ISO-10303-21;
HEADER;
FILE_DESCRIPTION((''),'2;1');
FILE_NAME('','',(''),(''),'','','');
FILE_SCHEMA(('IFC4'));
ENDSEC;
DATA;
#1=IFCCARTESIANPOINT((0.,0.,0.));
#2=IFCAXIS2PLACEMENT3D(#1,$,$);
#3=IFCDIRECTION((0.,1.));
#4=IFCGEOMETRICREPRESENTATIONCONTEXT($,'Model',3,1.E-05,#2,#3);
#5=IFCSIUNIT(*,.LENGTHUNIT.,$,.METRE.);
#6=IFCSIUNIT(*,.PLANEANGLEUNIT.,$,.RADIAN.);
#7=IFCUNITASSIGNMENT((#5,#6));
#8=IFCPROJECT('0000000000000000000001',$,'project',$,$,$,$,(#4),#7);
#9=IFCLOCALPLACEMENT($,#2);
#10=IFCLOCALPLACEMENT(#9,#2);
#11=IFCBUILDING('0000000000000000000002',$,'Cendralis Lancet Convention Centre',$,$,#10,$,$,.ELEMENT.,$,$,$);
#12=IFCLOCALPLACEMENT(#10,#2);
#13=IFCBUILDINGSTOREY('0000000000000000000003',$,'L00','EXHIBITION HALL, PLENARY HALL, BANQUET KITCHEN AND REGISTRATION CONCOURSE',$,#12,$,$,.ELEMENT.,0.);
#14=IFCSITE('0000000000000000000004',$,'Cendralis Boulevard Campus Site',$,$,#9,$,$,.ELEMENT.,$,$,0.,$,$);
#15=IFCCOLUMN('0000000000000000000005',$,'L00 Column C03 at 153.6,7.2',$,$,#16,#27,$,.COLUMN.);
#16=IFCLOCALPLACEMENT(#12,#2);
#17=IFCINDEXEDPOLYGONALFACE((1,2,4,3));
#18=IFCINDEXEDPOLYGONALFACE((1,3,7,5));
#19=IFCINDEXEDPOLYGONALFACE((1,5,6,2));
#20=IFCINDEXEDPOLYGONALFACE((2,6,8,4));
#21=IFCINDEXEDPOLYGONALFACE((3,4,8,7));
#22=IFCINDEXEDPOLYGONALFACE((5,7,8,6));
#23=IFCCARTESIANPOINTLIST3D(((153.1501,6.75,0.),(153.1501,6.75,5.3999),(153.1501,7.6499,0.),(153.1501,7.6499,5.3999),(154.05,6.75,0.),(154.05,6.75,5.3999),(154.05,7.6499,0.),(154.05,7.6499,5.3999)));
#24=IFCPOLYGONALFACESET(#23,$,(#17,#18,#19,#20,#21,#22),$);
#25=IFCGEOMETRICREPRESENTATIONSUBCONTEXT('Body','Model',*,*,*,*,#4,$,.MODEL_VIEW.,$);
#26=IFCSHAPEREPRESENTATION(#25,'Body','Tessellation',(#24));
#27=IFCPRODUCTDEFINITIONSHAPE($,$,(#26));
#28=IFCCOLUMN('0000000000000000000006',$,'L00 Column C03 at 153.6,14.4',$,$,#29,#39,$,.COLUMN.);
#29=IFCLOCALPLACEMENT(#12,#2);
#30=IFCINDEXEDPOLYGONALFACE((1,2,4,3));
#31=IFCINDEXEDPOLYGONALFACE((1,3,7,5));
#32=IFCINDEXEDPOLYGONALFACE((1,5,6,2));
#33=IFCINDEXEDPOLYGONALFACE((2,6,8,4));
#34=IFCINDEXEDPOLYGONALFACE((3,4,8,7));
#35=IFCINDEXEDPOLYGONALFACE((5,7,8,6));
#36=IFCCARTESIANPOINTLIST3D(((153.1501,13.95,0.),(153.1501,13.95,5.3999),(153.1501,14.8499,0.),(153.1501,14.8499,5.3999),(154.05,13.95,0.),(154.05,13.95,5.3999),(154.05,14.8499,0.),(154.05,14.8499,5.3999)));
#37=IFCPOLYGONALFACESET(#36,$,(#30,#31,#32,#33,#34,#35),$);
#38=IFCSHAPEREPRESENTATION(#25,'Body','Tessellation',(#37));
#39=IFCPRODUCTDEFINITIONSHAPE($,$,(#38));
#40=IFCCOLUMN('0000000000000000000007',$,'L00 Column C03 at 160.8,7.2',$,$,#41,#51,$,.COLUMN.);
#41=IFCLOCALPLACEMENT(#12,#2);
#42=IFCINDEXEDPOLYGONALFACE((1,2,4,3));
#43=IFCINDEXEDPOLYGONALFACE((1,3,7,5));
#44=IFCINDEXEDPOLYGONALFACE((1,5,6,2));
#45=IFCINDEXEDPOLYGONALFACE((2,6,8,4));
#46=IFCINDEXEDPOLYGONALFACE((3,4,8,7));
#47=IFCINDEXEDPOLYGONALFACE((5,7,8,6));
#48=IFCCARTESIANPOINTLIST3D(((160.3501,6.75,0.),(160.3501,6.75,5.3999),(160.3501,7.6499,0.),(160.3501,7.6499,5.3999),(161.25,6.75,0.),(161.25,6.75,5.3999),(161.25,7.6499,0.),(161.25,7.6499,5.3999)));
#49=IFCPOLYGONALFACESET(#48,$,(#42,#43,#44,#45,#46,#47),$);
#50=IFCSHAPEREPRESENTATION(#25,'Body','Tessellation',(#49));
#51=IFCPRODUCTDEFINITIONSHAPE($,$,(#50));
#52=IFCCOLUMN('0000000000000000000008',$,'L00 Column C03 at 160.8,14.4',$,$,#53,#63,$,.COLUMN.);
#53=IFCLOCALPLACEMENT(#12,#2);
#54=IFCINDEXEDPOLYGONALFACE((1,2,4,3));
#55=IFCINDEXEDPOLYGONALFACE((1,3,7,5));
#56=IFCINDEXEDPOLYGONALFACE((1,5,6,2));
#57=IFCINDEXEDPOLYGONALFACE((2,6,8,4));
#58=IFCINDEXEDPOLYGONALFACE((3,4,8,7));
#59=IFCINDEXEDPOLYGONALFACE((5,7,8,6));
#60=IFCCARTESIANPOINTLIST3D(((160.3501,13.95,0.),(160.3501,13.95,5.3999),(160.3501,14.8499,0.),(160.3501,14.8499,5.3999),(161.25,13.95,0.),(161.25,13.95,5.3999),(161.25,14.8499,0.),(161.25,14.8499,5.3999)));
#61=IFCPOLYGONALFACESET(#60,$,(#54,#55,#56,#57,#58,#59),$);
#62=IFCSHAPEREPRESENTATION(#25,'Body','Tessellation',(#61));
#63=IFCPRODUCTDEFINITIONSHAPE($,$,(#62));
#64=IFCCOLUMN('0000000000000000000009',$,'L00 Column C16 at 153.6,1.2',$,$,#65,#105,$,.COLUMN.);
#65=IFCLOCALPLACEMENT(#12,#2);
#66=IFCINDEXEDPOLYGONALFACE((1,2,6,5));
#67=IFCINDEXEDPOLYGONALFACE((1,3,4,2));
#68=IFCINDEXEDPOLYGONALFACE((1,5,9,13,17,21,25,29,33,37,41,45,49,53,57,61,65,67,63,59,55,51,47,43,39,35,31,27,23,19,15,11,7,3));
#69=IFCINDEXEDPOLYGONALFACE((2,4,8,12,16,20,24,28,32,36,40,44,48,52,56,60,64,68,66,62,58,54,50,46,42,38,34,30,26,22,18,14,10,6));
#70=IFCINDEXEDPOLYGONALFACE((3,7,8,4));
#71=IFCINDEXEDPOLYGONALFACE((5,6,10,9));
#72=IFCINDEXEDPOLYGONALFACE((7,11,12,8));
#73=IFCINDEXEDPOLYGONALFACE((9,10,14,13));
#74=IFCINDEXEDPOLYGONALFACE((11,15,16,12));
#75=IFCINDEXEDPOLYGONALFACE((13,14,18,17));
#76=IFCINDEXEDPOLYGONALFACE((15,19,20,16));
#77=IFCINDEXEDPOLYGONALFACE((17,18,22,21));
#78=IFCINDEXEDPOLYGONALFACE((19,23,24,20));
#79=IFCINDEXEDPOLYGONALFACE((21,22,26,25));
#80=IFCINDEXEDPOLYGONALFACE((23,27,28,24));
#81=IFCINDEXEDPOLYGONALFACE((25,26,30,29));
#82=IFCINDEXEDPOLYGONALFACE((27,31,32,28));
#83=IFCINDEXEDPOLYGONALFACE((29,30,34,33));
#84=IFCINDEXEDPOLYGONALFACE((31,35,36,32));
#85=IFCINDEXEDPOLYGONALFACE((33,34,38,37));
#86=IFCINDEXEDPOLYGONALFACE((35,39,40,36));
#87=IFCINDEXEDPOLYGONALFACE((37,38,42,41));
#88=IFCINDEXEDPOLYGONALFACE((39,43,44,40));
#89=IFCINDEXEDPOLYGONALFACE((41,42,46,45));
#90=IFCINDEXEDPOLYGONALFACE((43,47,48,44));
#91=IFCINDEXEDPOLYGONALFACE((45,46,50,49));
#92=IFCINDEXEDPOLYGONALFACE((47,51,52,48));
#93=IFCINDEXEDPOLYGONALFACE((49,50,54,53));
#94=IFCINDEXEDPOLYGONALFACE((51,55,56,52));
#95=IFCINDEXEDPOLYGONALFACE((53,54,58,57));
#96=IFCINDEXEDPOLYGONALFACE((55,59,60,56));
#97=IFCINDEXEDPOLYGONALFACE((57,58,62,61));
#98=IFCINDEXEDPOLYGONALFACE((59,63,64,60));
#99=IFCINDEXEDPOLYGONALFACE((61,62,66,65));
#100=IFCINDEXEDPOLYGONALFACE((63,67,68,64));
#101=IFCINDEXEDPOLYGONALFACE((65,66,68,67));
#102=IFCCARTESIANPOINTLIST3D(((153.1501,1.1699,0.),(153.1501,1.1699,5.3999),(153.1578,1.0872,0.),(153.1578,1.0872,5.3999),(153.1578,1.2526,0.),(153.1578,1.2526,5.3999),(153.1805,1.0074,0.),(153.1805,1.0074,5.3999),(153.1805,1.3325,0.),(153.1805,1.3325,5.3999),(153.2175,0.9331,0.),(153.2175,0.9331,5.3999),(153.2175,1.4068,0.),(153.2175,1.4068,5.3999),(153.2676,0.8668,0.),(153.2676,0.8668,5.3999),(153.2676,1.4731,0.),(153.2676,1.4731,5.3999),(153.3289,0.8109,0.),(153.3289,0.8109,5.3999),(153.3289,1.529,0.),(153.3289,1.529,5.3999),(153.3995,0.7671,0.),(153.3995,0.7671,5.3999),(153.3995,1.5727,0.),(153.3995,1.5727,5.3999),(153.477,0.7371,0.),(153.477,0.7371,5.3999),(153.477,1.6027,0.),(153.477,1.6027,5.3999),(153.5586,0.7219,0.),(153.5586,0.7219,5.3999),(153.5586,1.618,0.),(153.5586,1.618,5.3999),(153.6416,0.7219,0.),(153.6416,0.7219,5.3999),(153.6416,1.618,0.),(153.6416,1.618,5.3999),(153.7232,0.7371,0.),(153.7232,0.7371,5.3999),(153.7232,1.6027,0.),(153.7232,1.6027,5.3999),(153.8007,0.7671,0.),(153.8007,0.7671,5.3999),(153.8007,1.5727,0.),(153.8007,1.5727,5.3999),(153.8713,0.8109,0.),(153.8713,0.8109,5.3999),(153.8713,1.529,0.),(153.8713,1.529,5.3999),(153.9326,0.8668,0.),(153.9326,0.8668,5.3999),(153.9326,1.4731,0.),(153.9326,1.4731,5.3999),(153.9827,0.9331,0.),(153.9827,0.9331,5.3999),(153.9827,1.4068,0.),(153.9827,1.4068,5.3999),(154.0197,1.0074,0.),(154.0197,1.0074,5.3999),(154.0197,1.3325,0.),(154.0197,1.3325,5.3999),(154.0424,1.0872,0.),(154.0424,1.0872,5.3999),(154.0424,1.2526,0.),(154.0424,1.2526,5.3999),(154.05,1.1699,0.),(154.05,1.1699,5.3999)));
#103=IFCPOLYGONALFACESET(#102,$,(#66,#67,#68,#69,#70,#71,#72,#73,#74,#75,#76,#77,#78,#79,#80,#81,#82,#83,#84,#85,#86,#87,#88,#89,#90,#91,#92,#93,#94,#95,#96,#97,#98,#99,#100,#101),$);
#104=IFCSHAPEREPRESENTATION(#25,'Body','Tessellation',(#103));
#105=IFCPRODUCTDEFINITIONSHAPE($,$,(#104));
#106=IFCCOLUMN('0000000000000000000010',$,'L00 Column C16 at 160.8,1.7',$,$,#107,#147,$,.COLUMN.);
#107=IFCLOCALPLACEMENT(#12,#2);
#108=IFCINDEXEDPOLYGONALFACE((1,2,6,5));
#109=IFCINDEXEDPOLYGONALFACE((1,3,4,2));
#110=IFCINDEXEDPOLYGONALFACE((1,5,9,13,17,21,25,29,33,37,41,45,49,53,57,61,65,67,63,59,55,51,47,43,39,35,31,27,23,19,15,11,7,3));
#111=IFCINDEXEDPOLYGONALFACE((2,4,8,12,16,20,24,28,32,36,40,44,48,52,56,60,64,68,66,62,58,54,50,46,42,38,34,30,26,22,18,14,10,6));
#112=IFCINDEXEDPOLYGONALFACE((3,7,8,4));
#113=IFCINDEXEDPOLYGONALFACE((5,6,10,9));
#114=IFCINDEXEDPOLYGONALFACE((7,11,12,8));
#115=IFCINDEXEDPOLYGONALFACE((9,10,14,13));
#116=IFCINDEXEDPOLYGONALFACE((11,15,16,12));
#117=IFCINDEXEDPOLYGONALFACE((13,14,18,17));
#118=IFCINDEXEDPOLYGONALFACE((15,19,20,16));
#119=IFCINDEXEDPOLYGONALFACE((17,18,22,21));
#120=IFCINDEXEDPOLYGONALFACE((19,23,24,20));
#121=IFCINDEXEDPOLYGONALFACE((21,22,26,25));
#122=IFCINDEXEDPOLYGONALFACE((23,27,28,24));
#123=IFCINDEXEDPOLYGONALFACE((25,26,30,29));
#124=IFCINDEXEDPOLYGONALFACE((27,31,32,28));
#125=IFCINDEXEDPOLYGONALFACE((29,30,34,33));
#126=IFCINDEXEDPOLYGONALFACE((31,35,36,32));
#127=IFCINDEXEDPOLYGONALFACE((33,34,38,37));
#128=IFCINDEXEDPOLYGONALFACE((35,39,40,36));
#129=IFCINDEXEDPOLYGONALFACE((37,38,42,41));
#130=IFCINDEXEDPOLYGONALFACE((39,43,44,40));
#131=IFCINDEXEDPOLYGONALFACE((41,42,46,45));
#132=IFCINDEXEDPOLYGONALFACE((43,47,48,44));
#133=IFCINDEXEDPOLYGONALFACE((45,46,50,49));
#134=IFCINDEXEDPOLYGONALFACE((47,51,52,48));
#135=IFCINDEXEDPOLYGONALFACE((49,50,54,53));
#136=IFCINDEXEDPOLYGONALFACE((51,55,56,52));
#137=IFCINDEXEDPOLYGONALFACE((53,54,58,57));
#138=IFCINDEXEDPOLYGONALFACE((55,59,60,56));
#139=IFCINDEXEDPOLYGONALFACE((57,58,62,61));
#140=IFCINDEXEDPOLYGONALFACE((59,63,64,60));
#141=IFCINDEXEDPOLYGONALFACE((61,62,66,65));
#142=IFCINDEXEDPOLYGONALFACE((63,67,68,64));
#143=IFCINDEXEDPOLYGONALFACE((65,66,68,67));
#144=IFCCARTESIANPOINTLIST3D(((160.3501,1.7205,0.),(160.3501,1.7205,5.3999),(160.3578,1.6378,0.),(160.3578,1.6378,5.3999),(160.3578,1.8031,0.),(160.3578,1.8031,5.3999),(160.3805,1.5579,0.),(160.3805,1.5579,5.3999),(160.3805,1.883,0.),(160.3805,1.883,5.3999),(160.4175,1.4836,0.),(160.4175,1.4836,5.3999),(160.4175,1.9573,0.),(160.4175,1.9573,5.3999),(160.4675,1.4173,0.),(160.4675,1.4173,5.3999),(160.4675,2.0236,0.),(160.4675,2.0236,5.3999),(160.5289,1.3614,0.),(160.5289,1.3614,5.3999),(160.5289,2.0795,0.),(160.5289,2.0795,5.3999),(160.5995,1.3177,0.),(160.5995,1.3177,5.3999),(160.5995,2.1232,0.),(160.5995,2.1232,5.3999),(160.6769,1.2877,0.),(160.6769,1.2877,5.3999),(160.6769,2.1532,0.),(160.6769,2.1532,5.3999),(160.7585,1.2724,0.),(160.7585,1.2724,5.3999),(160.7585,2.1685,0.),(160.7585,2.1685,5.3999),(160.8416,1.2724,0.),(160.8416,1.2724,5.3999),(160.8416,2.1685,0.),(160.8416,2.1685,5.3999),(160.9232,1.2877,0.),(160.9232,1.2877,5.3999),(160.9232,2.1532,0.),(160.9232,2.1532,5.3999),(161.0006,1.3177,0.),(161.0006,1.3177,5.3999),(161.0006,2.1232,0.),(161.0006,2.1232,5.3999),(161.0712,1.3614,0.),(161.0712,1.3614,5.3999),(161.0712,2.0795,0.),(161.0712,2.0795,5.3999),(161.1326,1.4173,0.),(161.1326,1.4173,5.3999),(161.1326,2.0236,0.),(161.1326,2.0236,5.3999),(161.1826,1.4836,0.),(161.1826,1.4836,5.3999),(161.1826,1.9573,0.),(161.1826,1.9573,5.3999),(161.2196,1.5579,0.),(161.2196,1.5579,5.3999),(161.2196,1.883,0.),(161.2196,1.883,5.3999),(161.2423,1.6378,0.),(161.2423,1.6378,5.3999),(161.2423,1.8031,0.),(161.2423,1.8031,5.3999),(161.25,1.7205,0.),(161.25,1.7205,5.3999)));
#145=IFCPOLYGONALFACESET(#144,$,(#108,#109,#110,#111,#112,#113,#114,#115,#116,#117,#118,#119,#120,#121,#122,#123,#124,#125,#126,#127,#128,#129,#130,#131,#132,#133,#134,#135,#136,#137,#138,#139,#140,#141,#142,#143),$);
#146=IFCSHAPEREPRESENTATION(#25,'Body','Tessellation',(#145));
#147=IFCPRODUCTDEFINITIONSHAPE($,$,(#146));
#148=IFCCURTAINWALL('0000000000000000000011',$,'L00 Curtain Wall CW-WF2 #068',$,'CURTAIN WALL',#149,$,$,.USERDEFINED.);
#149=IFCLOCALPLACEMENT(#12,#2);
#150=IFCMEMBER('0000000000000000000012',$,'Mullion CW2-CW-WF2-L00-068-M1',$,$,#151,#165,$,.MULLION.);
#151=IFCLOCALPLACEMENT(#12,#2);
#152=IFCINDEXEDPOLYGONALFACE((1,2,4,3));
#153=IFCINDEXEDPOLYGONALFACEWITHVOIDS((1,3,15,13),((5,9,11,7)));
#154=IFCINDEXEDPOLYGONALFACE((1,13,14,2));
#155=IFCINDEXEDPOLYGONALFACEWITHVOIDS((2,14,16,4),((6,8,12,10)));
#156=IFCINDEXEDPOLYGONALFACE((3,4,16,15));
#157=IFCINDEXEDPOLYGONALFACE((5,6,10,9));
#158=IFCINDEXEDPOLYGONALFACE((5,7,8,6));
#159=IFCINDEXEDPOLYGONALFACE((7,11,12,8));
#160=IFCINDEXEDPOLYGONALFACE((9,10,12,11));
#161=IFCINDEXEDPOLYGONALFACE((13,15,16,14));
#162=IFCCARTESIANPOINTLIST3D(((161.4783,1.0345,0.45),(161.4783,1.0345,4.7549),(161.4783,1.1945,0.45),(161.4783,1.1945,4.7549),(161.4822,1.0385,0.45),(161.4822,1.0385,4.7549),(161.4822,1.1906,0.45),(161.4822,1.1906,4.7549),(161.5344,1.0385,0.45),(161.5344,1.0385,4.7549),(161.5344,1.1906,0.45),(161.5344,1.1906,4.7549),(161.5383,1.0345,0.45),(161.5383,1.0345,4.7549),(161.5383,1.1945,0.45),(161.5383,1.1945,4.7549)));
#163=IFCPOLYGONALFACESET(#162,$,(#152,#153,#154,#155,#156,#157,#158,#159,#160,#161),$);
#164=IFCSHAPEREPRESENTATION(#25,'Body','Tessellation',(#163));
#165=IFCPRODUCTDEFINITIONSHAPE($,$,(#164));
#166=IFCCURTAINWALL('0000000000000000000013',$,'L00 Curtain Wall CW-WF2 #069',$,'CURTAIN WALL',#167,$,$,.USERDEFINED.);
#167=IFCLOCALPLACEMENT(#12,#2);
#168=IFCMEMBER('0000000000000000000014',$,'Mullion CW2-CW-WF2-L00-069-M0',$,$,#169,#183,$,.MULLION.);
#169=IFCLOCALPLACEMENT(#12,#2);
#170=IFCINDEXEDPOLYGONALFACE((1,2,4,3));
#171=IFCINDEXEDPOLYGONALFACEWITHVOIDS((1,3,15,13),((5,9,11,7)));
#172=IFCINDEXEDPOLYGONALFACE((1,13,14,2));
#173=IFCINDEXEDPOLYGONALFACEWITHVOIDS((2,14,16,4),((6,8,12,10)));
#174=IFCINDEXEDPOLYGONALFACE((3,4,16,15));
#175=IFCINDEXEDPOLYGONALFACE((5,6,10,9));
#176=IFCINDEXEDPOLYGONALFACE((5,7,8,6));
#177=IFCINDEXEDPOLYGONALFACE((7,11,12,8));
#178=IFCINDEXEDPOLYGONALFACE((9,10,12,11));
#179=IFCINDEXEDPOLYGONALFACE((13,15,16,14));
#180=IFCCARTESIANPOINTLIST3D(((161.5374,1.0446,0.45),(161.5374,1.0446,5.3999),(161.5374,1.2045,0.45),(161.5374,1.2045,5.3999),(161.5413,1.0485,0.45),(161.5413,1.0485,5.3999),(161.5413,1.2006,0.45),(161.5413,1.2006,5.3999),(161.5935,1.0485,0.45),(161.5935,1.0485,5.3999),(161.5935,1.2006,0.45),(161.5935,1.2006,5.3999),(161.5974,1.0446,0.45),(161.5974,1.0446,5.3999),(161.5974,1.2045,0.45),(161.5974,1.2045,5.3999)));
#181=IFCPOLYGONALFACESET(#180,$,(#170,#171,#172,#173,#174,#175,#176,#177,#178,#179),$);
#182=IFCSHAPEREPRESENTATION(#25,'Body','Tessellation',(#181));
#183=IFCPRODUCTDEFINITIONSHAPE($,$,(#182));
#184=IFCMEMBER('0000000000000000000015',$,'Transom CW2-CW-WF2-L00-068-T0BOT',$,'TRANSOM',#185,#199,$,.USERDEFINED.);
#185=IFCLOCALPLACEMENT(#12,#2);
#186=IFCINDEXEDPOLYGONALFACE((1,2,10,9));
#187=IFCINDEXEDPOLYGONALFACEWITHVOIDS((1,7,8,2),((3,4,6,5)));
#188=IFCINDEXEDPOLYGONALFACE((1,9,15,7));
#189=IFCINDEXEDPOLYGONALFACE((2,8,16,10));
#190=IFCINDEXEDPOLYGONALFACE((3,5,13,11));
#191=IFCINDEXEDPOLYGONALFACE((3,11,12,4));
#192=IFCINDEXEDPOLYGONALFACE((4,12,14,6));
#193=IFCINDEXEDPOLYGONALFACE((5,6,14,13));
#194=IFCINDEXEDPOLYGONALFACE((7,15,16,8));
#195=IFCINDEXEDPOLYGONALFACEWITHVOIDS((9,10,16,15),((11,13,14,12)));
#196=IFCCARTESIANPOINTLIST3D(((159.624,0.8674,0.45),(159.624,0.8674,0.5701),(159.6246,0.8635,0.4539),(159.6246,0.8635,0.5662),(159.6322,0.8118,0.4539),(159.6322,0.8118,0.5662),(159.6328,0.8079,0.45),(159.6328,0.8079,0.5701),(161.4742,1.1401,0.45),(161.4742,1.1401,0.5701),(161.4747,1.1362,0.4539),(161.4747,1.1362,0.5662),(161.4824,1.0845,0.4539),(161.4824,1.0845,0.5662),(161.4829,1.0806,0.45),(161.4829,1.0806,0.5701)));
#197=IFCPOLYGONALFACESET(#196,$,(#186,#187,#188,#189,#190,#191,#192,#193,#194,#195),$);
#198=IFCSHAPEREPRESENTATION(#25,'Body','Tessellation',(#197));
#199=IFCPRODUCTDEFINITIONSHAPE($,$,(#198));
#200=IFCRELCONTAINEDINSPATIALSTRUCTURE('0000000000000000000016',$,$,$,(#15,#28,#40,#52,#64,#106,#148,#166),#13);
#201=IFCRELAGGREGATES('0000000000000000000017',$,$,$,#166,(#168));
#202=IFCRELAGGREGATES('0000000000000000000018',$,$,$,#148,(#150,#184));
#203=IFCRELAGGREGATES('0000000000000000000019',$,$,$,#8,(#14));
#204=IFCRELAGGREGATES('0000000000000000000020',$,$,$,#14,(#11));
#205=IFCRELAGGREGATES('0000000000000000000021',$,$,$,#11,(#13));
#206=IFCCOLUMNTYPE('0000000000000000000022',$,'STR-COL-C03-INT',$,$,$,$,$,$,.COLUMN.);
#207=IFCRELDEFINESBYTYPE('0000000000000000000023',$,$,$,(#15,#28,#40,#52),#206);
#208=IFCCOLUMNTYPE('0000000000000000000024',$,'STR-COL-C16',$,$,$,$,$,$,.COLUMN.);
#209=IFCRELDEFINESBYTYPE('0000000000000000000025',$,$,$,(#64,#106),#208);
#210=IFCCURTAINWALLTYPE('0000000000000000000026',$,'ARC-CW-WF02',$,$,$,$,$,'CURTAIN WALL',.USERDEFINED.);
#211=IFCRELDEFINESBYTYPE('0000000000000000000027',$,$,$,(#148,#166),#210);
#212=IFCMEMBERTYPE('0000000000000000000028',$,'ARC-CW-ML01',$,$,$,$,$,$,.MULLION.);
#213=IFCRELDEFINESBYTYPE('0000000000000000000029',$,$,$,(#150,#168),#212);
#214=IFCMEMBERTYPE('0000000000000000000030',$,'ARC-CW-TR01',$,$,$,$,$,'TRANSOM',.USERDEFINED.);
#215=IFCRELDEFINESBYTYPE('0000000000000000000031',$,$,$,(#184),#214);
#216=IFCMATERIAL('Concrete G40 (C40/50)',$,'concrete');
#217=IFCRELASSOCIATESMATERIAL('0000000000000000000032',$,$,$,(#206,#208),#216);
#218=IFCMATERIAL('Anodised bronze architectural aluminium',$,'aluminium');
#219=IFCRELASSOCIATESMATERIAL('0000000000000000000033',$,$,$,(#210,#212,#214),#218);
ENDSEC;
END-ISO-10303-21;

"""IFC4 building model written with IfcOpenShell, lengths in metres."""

from ifc_helpers import new_model, si_unit, direction, frame, origin, origin_2d, place, context, subcontext, project, spatial, rectangle, hollow_rectangle, circle, extrude, material, material_profile, profile_set, type_object, element, aggregate, save


model = new_model("IFC4")

# Units and contexts
model_context = context("Model", 3, precision=1e-05, world=origin(), true_north=direction((0.0, 1.0)))
body_context = subcontext(model_context, "Body", "Model", "MODEL_VIEW")
ifc_project = project(units=[si_unit("LENGTHUNIT", "METRE"), si_unit("PLANEANGLEUNIT", "RADIAN")], contexts=[model_context])

# Site, building, storey
site_placement = place(None, origin())
site = spatial("IfcSite", under=ifc_project, at=site_placement, Name="Cendralis Boulevard Campus Site", CompositionType="ELEMENT", RefElevation=0.0)
building_placement = place(site_placement, origin())
building = spatial("IfcBuilding", under=site, at=building_placement, Name="Cendralis Lancet Convention Centre", CompositionType="ELEMENT")
storey_placement = place(building_placement, origin())
storey = spatial("IfcBuildingStorey", under=building, at=storey_placement, Name="L00", Description="EXHIBITION HALL, PLENARY HALL, BANQUET KITCHEN AND REGISTRATION CONCOURSE", CompositionType="ELEMENT", Elevation=0.0)

# Columns
ifc_material_1 = material(Name="Concrete G40 (C40/50)", Category="concrete")
ifc_material_profile_1 = material_profile(ifc_material_1, rectangle(XDim=0.8999, YDim=0.8999, at=origin_2d()), Name="RC 900x900")
ifc_profile_set_1 = profile_set([ifc_material_profile_1], Name="Concrete G40 (C40/50)")
column_type_1 = type_object("IfcColumnType", Name="STR-COL-C03-INT", PredefinedType="COLUMN", material=ifc_profile_set_1)
for number, where, z_axis, x_axis, name in (
    (1, (153.6001, 7.2, 0.0), (0.0, 0.0, 1.0), (1.0, 0.0, 0.0), "L00 Column C03 at 153.6,7.2"),
    (2, (153.6001, 14.3999, 0.0), (0.0, 0.0, 1.0), (1.0, 0.0, 0.0), "L00 Column C03 at 153.6,14.4"),
    (3, (160.8, 7.2, 0.0), (0.0, 0.0, 1.0), (1.0, 0.0, 0.0), "L00 Column C03 at 160.8,7.2"),
    (4, (160.8, 14.3999, 0.0), (0.0, 0.0, 1.0), (1.0, 0.0, 0.0), "L00 Column C03 at 160.8,14.4"),
):
    element("IfcColumn", number, at=place(storey_placement, frame(where, z_axis=z_axis, x_axis=x_axis)), inside=storey, type_object=column_type_1, Name=name, PredefinedType="COLUMN", context=body_context, shape_type="SweptSolid", body=[
        extrude(rectangle(XDim=0.8999, YDim=0.8999, at=origin_2d()), origin(), (0.0, 0.0, 1.0), 5.3999),
    ])
ifc_material_profile_2 = material_profile(ifc_material_1, circle(Radius=0.45, at=origin_2d()), Name="RC D900")
ifc_profile_set_2 = profile_set([ifc_material_profile_2], Name="Concrete G40 (C40/50)")
column_type_2 = type_object("IfcColumnType", Name="STR-COL-C16", PredefinedType="COLUMN", material=ifc_profile_set_2)
for number, where, z_axis, x_axis, name in (
    (5, (153.6001, 1.1699, 0.0), (0.0, 0.0, 1.0), (1.0, 0.0, 0.0), "L00 Column C16 at 153.6,1.2"),
    (6, (160.8, 1.7205, 0.0), (0.0, 0.0, 1.0), (1.0, 0.0, 0.0), "L00 Column C16 at 160.8,1.7"),
):
    element("IfcColumn", number, at=place(storey_placement, frame(where, z_axis=z_axis, x_axis=x_axis)), inside=storey, type_object=column_type_2, Name=name, PredefinedType="COLUMN", context=body_context, shape_type="SweptSolid", body=[
        extrude(circle(Radius=0.45, at=origin_2d()), origin(), (0.0, 0.0, 1.0), 5.3999),
    ])

# Curtain walls, members
ifc_material_2 = material(Name="Anodised bronze architectural aluminium", Category="aluminium")
curtain_wall_type = type_object("IfcCurtainWallType", Name="ARC-CW-WF02", ElementType="CURTAIN WALL", PredefinedType="USERDEFINED", material=ifc_material_2)
curtain_wall_1_placement = place(storey_placement, origin())
curtain_wall_1 = element("IfcCurtainWall", 7, at=curtain_wall_1_placement, inside=storey, type_object=curtain_wall_type, Name="L00 Curtain Wall CW-WF2 #068", ObjectType="CURTAIN WALL", PredefinedType="USERDEFINED")
ifc_material_profile_3 = material_profile(ifc_material_2, hollow_rectangle(XDim=0.0601, YDim=0.1599, WallThickness=0.0039, at=origin_2d()), Name="AL-MULL 60x160x4.0")
ifc_profile_set_3 = profile_set([ifc_material_profile_3], Name="Anodised bronze architectural aluminium")
member_type_1 = type_object("IfcMemberType", Name="ARC-CW-ML01", PredefinedType="MULLION", material=ifc_profile_set_3)
member_1_placement = place(storey_placement, frame((161.5083, 1.1145, 0.45), z_axis=(0.0, 0.0, 1.0), x_axis=(1.0, 0.0, 0.0)))
member_1 = element("IfcMember", 8, at=member_1_placement, type_object=member_type_1, Name="Mullion CW2-CW-WF2-L00-068-M1", PredefinedType="MULLION", context=body_context, shape_type="SweptSolid", body=[
    extrude(hollow_rectangle(XDim=0.0601, YDim=0.1599, WallThickness=0.0039, at=origin_2d()), origin(), (0.0, 0.0, 1.0), 4.3049),
])
curtain_wall_2_placement = place(storey_placement, origin())
curtain_wall_2 = element("IfcCurtainWall", 9, at=curtain_wall_2_placement, inside=storey, type_object=curtain_wall_type, Name="L00 Curtain Wall CW-WF2 #069", ObjectType="CURTAIN WALL", PredefinedType="USERDEFINED")
member_2_placement = place(storey_placement, frame((161.5674, 1.1245, 0.45), z_axis=(0.0, 0.0, 1.0), x_axis=(1.0, 0.0, 0.0)))
member_2 = element("IfcMember", 10, at=member_2_placement, type_object=member_type_1, Name="Mullion CW2-CW-WF2-L00-069-M0", PredefinedType="MULLION", context=body_context, shape_type="SweptSolid", body=[
    extrude(hollow_rectangle(XDim=0.0601, YDim=0.1599, WallThickness=0.0039, at=origin_2d()), origin(), (0.0, 0.0, 1.0), 4.95),
])
aggregate(curtain_wall_2, [member_2])

# Member
ifc_material_profile_4 = material_profile(ifc_material_2, hollow_rectangle(XDim=0.0601, YDim=0.1201, WallThickness=0.0039, at=origin_2d()), Name="AL-TRAN 60x120x4.0")
ifc_profile_set_4 = profile_set([ifc_material_profile_4], Name="Anodised bronze architectural aluminium")
member_type_2 = type_object("IfcMemberType", Name="ARC-CW-TR01", ElementType="TRANSOM", PredefinedType="USERDEFINED", material=ifc_profile_set_4)
member_3_placement = place(storey_placement, frame((159.6284, 0.8376, 0.51), z_axis=(0.98931, 0.145825, 0.0), x_axis=(-0.145825, 0.98931, 0.0)))
member_3 = element("IfcMember", 11, at=member_3_placement, type_object=member_type_2, Name="Transom CW2-CW-WF2-L00-068-T0BOT", ObjectType="TRANSOM", PredefinedType="USERDEFINED", context=body_context, shape_type="SweptSolid", body=[
    extrude(hollow_rectangle(XDim=0.0601, YDim=0.1201, WallThickness=0.0039, at=origin_2d()), origin(), (0.0, 0.0, 1.0), 1.8701),
])

aggregate(curtain_wall_1, [member_1, member_3])

save(model, "model.ifc")
